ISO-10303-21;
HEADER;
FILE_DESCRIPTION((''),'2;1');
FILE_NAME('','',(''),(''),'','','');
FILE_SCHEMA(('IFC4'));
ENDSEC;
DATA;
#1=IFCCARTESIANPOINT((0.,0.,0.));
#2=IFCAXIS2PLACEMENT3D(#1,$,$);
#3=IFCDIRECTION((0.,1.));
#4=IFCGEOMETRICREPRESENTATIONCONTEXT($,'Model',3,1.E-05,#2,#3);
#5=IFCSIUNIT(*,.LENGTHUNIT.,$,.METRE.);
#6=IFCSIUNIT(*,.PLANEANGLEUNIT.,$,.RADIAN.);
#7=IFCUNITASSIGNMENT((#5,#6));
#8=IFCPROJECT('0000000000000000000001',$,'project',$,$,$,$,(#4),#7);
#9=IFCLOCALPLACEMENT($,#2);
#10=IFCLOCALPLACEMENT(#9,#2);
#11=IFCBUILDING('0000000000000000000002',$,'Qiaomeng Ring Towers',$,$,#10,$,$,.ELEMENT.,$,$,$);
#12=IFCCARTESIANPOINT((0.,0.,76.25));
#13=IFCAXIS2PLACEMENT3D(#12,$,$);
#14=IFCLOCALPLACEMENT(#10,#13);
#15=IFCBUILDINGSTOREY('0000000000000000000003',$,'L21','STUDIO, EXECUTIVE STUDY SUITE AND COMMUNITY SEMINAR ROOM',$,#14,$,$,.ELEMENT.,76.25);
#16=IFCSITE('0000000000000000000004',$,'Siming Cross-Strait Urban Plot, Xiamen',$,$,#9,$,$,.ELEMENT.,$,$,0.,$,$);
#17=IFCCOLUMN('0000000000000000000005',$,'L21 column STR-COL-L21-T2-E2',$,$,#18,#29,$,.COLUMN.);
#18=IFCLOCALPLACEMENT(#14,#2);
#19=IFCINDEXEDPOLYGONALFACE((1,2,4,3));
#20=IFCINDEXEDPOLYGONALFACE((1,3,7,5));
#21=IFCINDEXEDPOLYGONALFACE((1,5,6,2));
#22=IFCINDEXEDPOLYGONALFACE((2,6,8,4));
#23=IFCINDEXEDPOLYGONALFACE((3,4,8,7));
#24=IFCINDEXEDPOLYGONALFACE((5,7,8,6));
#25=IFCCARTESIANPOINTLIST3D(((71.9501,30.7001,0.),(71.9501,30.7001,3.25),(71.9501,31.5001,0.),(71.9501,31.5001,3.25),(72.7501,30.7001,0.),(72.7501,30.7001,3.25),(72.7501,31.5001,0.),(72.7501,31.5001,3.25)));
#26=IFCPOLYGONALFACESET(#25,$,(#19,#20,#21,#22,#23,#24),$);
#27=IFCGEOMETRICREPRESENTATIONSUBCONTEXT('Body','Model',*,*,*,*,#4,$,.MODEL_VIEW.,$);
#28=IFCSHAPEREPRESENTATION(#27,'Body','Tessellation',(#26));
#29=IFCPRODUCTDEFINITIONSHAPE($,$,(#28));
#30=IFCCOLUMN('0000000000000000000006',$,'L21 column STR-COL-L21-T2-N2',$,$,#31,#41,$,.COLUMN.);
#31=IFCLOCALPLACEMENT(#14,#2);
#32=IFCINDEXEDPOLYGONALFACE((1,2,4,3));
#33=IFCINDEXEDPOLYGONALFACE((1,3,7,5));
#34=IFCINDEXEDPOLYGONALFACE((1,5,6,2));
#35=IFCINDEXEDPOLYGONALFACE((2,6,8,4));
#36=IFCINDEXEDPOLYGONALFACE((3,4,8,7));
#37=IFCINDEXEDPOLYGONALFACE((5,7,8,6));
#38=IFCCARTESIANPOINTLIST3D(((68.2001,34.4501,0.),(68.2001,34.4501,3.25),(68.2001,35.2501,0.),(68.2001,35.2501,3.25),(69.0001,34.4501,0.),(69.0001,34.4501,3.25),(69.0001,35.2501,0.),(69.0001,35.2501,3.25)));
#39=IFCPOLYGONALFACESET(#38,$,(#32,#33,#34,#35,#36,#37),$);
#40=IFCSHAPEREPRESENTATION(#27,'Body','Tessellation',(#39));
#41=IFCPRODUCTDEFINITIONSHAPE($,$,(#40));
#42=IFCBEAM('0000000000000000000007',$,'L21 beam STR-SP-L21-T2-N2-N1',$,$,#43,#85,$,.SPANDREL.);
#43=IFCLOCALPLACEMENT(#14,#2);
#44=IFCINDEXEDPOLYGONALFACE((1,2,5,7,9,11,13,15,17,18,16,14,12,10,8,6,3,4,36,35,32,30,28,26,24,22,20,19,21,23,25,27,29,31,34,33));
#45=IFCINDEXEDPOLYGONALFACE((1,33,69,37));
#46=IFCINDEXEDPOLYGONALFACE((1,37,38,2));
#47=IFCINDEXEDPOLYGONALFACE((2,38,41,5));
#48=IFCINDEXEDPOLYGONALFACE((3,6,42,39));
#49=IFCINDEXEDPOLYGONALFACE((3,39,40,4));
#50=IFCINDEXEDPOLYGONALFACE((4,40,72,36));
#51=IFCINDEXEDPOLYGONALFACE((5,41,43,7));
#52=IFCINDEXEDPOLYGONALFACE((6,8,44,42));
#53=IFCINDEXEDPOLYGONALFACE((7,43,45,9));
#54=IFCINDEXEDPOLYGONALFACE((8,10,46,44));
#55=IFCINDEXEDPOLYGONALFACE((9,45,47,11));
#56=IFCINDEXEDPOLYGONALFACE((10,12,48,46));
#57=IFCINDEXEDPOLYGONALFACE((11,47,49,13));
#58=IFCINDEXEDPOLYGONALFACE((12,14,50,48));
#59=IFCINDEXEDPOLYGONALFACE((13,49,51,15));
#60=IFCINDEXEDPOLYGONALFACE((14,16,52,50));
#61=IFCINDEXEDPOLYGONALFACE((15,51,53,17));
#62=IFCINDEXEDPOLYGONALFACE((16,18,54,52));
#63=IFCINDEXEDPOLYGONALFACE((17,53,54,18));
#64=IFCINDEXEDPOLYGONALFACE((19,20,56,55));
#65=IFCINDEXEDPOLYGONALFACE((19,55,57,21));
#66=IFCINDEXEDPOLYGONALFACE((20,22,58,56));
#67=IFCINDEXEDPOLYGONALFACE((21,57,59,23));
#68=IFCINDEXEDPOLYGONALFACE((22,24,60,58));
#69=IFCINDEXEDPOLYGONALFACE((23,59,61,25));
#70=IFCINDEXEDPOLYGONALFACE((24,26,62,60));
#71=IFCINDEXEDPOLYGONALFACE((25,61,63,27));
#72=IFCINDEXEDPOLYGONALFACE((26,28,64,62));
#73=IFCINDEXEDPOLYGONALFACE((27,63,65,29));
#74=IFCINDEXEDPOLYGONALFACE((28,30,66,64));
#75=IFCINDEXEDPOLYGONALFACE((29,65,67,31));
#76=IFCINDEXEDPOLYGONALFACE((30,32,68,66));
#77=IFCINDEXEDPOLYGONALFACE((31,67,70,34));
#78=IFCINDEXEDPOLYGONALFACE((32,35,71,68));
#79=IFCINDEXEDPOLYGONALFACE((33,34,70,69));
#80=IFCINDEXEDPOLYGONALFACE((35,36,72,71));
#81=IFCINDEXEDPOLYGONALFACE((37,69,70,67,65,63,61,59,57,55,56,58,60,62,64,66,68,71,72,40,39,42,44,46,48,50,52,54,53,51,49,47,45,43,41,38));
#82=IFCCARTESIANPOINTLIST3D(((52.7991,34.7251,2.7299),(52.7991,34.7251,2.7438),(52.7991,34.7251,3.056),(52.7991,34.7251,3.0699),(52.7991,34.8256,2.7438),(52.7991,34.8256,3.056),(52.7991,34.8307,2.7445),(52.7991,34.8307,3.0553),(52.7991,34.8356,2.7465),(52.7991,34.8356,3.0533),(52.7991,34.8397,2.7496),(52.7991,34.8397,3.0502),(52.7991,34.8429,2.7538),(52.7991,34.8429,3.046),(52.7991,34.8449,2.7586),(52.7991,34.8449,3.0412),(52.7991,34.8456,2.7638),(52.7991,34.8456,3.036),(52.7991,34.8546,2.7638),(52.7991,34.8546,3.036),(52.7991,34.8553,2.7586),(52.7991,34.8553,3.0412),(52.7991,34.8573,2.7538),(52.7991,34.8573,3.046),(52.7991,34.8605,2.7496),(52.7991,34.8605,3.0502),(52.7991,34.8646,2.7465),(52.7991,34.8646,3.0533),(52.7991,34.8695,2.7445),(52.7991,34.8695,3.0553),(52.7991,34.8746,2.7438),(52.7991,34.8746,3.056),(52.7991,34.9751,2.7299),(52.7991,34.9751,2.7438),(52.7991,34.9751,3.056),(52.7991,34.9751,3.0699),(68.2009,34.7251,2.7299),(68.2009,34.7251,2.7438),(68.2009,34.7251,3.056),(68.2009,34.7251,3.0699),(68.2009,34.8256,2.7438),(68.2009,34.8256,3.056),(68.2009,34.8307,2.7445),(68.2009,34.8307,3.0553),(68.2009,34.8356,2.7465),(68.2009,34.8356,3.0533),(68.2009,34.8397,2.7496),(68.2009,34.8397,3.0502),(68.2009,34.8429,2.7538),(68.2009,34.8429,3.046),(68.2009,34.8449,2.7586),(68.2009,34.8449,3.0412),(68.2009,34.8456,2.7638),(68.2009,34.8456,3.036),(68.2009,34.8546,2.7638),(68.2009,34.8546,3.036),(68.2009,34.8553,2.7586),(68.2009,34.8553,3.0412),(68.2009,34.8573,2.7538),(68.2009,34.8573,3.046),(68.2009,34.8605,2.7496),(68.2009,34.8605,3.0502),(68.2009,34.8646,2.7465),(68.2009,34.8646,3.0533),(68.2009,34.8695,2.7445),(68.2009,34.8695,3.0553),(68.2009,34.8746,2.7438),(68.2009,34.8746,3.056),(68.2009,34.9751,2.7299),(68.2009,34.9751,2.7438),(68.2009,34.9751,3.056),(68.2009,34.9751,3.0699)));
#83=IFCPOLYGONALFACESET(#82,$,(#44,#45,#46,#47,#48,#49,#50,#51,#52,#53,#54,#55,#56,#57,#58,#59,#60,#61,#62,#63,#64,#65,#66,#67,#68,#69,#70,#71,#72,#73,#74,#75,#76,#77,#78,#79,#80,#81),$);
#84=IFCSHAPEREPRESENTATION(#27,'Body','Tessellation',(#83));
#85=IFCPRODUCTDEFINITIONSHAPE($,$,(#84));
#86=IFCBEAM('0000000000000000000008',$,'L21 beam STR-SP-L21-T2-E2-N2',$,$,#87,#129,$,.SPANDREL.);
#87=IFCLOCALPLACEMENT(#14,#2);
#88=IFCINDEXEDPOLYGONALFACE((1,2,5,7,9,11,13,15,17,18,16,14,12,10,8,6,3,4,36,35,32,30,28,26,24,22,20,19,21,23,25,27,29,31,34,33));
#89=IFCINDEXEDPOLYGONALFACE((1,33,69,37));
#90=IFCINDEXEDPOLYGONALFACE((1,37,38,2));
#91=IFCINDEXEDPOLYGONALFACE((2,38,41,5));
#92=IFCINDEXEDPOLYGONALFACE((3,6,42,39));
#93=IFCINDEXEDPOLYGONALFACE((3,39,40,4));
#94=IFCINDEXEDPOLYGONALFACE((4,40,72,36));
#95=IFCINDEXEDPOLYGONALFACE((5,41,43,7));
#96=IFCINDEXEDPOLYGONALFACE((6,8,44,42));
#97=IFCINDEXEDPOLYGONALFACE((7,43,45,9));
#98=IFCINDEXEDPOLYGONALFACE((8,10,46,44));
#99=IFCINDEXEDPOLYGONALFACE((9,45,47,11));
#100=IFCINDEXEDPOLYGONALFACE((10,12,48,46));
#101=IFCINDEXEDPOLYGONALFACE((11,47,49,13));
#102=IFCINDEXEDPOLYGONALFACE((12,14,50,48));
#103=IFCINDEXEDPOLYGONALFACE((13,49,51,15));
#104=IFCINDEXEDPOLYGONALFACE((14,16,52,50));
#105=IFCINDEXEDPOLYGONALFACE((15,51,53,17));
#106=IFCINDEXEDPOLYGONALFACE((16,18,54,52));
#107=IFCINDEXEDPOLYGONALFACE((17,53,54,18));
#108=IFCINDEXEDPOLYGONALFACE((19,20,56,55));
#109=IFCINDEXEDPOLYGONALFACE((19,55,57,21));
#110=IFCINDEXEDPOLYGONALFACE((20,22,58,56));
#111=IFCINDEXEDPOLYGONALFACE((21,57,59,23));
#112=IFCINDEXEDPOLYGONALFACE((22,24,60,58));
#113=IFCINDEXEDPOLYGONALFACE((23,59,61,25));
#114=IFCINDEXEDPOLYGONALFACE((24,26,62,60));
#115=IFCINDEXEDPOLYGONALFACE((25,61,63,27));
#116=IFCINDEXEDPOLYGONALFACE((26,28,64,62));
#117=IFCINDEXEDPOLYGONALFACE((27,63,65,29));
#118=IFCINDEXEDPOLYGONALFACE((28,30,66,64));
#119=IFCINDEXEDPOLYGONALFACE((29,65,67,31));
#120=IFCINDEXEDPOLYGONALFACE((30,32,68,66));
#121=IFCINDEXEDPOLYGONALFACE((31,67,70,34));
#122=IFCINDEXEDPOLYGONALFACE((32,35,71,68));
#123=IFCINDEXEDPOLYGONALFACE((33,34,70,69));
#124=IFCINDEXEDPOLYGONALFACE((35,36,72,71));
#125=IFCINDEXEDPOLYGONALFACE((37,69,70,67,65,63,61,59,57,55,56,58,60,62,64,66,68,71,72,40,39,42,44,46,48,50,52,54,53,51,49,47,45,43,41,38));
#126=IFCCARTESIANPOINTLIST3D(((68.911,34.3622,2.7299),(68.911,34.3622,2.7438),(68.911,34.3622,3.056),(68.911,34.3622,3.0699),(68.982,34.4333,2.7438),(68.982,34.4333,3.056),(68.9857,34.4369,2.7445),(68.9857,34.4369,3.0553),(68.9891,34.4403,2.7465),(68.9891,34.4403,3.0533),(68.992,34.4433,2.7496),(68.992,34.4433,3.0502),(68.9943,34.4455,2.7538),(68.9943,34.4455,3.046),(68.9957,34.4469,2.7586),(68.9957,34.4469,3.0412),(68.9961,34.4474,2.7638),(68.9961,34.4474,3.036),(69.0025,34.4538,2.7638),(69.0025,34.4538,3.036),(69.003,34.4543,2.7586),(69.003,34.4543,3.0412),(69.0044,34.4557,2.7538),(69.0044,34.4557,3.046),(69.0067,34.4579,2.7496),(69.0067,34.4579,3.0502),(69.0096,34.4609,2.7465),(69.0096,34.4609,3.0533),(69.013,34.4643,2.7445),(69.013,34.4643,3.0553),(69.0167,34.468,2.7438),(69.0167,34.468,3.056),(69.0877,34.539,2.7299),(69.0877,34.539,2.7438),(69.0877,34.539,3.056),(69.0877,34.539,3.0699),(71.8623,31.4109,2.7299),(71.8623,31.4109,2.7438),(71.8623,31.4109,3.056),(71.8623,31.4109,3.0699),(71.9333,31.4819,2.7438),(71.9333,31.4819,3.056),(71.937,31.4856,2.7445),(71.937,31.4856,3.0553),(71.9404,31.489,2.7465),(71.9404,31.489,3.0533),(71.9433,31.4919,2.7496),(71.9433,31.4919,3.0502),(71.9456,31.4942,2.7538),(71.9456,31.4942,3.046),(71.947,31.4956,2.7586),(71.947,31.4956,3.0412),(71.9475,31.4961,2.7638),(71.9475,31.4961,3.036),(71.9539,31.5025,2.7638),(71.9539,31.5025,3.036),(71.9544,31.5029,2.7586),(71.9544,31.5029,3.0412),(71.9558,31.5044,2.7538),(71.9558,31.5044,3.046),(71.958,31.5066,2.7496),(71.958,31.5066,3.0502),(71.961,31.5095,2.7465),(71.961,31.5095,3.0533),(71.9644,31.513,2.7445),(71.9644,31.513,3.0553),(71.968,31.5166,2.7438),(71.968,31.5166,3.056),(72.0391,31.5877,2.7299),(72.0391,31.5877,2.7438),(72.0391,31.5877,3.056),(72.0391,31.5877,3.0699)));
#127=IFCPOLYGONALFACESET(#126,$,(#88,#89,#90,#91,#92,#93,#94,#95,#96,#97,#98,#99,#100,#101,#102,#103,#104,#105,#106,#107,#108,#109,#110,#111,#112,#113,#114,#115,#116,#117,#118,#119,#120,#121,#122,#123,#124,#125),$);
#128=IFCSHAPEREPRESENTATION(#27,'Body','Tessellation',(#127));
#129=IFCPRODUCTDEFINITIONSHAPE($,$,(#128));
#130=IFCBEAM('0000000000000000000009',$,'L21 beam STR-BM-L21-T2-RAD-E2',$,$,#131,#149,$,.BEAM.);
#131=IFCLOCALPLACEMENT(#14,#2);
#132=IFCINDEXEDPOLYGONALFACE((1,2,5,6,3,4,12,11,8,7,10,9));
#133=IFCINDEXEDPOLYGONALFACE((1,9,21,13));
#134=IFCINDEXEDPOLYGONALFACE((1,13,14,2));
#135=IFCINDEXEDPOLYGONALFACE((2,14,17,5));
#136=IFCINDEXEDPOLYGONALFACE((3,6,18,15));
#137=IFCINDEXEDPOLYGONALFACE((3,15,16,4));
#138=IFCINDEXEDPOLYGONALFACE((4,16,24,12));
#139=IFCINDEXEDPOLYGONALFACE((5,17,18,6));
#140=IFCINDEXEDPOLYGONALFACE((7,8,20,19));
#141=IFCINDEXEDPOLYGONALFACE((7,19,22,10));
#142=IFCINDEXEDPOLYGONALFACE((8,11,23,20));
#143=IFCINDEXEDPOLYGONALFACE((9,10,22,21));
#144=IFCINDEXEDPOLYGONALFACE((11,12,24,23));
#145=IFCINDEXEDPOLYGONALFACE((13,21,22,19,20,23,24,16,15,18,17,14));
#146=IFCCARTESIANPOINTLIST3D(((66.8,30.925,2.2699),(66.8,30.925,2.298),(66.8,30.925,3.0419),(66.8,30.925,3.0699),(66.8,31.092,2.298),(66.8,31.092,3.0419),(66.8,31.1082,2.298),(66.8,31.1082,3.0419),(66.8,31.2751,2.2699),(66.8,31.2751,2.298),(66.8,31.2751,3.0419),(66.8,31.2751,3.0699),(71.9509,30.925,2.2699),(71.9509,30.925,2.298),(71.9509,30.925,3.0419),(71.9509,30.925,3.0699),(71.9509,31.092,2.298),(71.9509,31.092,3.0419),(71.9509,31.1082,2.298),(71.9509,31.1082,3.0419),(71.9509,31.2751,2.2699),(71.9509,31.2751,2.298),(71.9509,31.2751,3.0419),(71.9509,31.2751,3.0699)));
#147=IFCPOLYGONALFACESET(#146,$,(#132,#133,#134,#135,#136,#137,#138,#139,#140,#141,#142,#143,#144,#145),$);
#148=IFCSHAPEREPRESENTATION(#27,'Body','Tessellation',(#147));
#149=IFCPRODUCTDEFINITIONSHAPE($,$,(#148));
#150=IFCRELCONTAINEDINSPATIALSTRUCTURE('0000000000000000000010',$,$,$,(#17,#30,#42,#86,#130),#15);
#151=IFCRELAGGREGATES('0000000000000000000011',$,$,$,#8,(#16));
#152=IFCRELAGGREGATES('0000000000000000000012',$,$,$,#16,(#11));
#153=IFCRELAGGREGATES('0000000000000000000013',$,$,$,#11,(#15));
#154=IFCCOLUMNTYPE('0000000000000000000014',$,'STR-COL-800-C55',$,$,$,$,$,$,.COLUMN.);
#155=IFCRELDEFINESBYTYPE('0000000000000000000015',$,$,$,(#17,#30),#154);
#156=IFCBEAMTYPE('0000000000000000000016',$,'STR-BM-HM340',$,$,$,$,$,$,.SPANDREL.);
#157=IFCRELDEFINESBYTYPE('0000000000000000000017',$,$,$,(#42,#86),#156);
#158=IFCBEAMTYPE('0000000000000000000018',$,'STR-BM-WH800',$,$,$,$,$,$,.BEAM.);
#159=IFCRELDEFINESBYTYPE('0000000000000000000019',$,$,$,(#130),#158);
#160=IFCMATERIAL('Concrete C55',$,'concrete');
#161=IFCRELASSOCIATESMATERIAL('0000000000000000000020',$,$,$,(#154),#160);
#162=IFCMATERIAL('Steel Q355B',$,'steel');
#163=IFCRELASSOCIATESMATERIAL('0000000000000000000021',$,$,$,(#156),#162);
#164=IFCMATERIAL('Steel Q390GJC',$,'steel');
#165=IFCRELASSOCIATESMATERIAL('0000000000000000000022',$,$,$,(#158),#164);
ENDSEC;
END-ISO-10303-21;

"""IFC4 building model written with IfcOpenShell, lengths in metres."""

from ifc_helpers import new_model, si_unit, direction, frame, origin, origin_2d, place, context, subcontext, project, spatial, rectangle, i_section, extrude, source, transform, mapped, material, material_profile, profile_set, type_object, element, save


model = new_model("IFC4")

# Units and contexts
model_context = context("Model", 3, precision=1e-05, world=origin(), true_north=direction((0.0, 1.0)))
body_context = subcontext(model_context, "Body", "Model", "MODEL_VIEW")
ifc_project = project(units=[si_unit("LENGTHUNIT", "METRE"), si_unit("PLANEANGLEUNIT", "RADIAN")], contexts=[model_context])

# Site, building, storey
site_placement = place(None, origin())
site = spatial("IfcSite", under=ifc_project, at=site_placement, Name="Siming Cross-Strait Urban Plot, Xiamen", CompositionType="ELEMENT", RefElevation=0.0)
building_placement = place(site_placement, origin())
building = spatial("IfcBuilding", under=site, at=building_placement, Name="Qiaomeng Ring Towers", CompositionType="ELEMENT")
storey_placement = place(building_placement, frame((0.0, 0.0, 76.25)))
storey = spatial("IfcBuildingStorey", under=building, at=storey_placement, Name="L21", Description="STUDIO, EXECUTIVE STUDY SUITE AND COMMUNITY SEMINAR ROOM", CompositionType="ELEMENT", Elevation=76.25)

# Columns
ifc_material_1 = material(Name="Concrete C55", Category="concrete")
ifc_material_profile_1 = material_profile(ifc_material_1, rectangle(XDim=0.8, YDim=0.8, at=origin_2d()), Name="RC COL 800x800")
ifc_profile_set_1 = profile_set([ifc_material_profile_1], Name="Concrete C55")
column_type = type_object("IfcColumnType", Name="STR-COL-800-C55", PredefinedType="COLUMN", material=ifc_profile_set_1)
shared_shape_1 = source(origin(), body_context, "Body", "SweptSolid", [
    extrude(rectangle(XDim=0.8, YDim=0.8, at=origin_2d()), origin(), (0.0, 0.0, 1.0), 3.25),
])
for number, where, z_axis, x_axis, name in (
    (1, (72.3501, 31.1001, 0.0), (0.0, 0.0, 1.0), (1.0, 0.0, 0.0), "L21 column STR-COL-L21-T2-E2"),
    (2, (68.6001, 34.8501, 0.0), (0.0, 0.0, 1.0), (1.0, 0.0, 0.0), "L21 column STR-COL-L21-T2-N2"),
):
    element("IfcColumn", number, at=place(storey_placement, frame(where, z_axis=z_axis, x_axis=x_axis)), inside=storey, type_object=column_type, Name=name, PredefinedType="COLUMN", context=body_context, shape_type="MappedRepresentation", body=[
        mapped(shared_shape_1, transform((0.0, 0.0, 0.0), x_axis=(1.0, 0.0, 0.0), y_axis=(0.0, 1.0, 0.0), z_axis=(0.0, 0.0, 1.0), scale=1.0)),
    ])

# Beams
ifc_material_2 = material(Name="Steel Q355B", Category="steel")
ifc_material_profile_2 = material_profile(ifc_material_2, i_section(OverallWidth=0.25, OverallDepth=0.3401, WebThickness=0.009, FlangeThickness=0.0139, FilletRadius=0.02, at=origin_2d()), Name="HM 340x250x9x14")
ifc_profile_set_2 = profile_set([ifc_material_profile_2], Name="Steel Q355B")
beam_type_1 = type_object("IfcBeamType", Name="STR-BM-HM340", PredefinedType="SPANDREL", material=ifc_profile_set_2)
shared_shape_2 = source(origin(), body_context, "Body", "SweptSolid", [
    extrude(i_section(OverallWidth=0.25, OverallDepth=0.3401, WebThickness=0.009, FlangeThickness=0.0139, FilletRadius=0.02, at=origin_2d()), origin(), (0.0, 0.0, 1.0), 15.4019),
])
beam_1_placement = place(storey_placement, frame((68.2009, 34.8501, 2.8999), z_axis=(-1.0, 0.0, 0.0), x_axis=(0.0, -1.0, 0.0)))
element("IfcBeam", 3, at=beam_1_placement, inside=storey, type_object=beam_type_1, Name="L21 beam STR-SP-L21-T2-N2-N1", PredefinedType="SPANDREL", context=body_context, shape_type="MappedRepresentation", body=[
    mapped(shared_shape_2, transform((0.0, 0.0, 0.0), x_axis=(1.0, 0.0, 0.0), y_axis=(0.0, 1.0, 0.0), z_axis=(0.0, 0.0, 1.0), scale=1.0)),
])
shared_shape_3 = source(origin(), body_context, "Body", "SweptSolid", [
    extrude(i_section(OverallWidth=0.25, OverallDepth=0.3401, WebThickness=0.009, FlangeThickness=0.0139, FilletRadius=0.02, at=origin_2d()), origin(), (0.0, 0.0, 1.0), 4.1738),
])
beam_2_placement = place(storey_placement, frame((71.9507, 31.4993, 2.8999), z_axis=(-0.707107, 0.707107, 0.0), x_axis=(-0.707107, -0.707107, 0.0)))
element("IfcBeam", 4, at=beam_2_placement, inside=storey, type_object=beam_type_1, Name="L21 beam STR-SP-L21-T2-E2-N2", PredefinedType="SPANDREL", context=body_context, shape_type="MappedRepresentation", body=[
    mapped(shared_shape_3, transform((0.0, 0.0, 0.0), x_axis=(1.0, 0.0, 0.0), y_axis=(0.0, 1.0, 0.0), z_axis=(0.0, 0.0, 1.0), scale=1.0)),
])
ifc_material_3 = material(Name="Steel Q390GJC", Category="steel")
ifc_material_profile_3 = material_profile(ifc_material_3, i_section(OverallWidth=0.3501, OverallDepth=0.8, WebThickness=0.0161, FlangeThickness=0.0281, at=origin_2d()), Name="WH 800x350x16x28")
ifc_profile_set_3 = profile_set([ifc_material_profile_3], Name="Steel Q390GJC")
beam_type_2 = type_object("IfcBeamType", Name="STR-BM-WH800", PredefinedType="BEAM", material=ifc_profile_set_3)
shared_shape_4 = source(origin(), body_context, "Body", "SweptSolid", [
    extrude(i_section(OverallWidth=0.3501, OverallDepth=0.8, WebThickness=0.0161, FlangeThickness=0.0281, at=origin_2d()), origin(), (0.0, 0.0, 1.0), 5.1509),
])
beam_3_placement = place(storey_placement, frame((66.8, 31.1001, 2.6699), z_axis=(1.0, 0.0, 0.0), x_axis=(0.0, 1.0, 0.0)))
element("IfcBeam", 5, at=beam_3_placement, inside=storey, type_object=beam_type_2, Name="L21 beam STR-BM-L21-T2-RAD-E2", PredefinedType="BEAM", context=body_context, shape_type="MappedRepresentation", body=[
    mapped(shared_shape_4, transform((0.0, 0.0, 0.0), x_axis=(1.0, 0.0, 0.0), y_axis=(0.0, 1.0, 0.0), z_axis=(0.0, 0.0, 1.0), scale=1.0)),
])

save(model, "model.ifc")
